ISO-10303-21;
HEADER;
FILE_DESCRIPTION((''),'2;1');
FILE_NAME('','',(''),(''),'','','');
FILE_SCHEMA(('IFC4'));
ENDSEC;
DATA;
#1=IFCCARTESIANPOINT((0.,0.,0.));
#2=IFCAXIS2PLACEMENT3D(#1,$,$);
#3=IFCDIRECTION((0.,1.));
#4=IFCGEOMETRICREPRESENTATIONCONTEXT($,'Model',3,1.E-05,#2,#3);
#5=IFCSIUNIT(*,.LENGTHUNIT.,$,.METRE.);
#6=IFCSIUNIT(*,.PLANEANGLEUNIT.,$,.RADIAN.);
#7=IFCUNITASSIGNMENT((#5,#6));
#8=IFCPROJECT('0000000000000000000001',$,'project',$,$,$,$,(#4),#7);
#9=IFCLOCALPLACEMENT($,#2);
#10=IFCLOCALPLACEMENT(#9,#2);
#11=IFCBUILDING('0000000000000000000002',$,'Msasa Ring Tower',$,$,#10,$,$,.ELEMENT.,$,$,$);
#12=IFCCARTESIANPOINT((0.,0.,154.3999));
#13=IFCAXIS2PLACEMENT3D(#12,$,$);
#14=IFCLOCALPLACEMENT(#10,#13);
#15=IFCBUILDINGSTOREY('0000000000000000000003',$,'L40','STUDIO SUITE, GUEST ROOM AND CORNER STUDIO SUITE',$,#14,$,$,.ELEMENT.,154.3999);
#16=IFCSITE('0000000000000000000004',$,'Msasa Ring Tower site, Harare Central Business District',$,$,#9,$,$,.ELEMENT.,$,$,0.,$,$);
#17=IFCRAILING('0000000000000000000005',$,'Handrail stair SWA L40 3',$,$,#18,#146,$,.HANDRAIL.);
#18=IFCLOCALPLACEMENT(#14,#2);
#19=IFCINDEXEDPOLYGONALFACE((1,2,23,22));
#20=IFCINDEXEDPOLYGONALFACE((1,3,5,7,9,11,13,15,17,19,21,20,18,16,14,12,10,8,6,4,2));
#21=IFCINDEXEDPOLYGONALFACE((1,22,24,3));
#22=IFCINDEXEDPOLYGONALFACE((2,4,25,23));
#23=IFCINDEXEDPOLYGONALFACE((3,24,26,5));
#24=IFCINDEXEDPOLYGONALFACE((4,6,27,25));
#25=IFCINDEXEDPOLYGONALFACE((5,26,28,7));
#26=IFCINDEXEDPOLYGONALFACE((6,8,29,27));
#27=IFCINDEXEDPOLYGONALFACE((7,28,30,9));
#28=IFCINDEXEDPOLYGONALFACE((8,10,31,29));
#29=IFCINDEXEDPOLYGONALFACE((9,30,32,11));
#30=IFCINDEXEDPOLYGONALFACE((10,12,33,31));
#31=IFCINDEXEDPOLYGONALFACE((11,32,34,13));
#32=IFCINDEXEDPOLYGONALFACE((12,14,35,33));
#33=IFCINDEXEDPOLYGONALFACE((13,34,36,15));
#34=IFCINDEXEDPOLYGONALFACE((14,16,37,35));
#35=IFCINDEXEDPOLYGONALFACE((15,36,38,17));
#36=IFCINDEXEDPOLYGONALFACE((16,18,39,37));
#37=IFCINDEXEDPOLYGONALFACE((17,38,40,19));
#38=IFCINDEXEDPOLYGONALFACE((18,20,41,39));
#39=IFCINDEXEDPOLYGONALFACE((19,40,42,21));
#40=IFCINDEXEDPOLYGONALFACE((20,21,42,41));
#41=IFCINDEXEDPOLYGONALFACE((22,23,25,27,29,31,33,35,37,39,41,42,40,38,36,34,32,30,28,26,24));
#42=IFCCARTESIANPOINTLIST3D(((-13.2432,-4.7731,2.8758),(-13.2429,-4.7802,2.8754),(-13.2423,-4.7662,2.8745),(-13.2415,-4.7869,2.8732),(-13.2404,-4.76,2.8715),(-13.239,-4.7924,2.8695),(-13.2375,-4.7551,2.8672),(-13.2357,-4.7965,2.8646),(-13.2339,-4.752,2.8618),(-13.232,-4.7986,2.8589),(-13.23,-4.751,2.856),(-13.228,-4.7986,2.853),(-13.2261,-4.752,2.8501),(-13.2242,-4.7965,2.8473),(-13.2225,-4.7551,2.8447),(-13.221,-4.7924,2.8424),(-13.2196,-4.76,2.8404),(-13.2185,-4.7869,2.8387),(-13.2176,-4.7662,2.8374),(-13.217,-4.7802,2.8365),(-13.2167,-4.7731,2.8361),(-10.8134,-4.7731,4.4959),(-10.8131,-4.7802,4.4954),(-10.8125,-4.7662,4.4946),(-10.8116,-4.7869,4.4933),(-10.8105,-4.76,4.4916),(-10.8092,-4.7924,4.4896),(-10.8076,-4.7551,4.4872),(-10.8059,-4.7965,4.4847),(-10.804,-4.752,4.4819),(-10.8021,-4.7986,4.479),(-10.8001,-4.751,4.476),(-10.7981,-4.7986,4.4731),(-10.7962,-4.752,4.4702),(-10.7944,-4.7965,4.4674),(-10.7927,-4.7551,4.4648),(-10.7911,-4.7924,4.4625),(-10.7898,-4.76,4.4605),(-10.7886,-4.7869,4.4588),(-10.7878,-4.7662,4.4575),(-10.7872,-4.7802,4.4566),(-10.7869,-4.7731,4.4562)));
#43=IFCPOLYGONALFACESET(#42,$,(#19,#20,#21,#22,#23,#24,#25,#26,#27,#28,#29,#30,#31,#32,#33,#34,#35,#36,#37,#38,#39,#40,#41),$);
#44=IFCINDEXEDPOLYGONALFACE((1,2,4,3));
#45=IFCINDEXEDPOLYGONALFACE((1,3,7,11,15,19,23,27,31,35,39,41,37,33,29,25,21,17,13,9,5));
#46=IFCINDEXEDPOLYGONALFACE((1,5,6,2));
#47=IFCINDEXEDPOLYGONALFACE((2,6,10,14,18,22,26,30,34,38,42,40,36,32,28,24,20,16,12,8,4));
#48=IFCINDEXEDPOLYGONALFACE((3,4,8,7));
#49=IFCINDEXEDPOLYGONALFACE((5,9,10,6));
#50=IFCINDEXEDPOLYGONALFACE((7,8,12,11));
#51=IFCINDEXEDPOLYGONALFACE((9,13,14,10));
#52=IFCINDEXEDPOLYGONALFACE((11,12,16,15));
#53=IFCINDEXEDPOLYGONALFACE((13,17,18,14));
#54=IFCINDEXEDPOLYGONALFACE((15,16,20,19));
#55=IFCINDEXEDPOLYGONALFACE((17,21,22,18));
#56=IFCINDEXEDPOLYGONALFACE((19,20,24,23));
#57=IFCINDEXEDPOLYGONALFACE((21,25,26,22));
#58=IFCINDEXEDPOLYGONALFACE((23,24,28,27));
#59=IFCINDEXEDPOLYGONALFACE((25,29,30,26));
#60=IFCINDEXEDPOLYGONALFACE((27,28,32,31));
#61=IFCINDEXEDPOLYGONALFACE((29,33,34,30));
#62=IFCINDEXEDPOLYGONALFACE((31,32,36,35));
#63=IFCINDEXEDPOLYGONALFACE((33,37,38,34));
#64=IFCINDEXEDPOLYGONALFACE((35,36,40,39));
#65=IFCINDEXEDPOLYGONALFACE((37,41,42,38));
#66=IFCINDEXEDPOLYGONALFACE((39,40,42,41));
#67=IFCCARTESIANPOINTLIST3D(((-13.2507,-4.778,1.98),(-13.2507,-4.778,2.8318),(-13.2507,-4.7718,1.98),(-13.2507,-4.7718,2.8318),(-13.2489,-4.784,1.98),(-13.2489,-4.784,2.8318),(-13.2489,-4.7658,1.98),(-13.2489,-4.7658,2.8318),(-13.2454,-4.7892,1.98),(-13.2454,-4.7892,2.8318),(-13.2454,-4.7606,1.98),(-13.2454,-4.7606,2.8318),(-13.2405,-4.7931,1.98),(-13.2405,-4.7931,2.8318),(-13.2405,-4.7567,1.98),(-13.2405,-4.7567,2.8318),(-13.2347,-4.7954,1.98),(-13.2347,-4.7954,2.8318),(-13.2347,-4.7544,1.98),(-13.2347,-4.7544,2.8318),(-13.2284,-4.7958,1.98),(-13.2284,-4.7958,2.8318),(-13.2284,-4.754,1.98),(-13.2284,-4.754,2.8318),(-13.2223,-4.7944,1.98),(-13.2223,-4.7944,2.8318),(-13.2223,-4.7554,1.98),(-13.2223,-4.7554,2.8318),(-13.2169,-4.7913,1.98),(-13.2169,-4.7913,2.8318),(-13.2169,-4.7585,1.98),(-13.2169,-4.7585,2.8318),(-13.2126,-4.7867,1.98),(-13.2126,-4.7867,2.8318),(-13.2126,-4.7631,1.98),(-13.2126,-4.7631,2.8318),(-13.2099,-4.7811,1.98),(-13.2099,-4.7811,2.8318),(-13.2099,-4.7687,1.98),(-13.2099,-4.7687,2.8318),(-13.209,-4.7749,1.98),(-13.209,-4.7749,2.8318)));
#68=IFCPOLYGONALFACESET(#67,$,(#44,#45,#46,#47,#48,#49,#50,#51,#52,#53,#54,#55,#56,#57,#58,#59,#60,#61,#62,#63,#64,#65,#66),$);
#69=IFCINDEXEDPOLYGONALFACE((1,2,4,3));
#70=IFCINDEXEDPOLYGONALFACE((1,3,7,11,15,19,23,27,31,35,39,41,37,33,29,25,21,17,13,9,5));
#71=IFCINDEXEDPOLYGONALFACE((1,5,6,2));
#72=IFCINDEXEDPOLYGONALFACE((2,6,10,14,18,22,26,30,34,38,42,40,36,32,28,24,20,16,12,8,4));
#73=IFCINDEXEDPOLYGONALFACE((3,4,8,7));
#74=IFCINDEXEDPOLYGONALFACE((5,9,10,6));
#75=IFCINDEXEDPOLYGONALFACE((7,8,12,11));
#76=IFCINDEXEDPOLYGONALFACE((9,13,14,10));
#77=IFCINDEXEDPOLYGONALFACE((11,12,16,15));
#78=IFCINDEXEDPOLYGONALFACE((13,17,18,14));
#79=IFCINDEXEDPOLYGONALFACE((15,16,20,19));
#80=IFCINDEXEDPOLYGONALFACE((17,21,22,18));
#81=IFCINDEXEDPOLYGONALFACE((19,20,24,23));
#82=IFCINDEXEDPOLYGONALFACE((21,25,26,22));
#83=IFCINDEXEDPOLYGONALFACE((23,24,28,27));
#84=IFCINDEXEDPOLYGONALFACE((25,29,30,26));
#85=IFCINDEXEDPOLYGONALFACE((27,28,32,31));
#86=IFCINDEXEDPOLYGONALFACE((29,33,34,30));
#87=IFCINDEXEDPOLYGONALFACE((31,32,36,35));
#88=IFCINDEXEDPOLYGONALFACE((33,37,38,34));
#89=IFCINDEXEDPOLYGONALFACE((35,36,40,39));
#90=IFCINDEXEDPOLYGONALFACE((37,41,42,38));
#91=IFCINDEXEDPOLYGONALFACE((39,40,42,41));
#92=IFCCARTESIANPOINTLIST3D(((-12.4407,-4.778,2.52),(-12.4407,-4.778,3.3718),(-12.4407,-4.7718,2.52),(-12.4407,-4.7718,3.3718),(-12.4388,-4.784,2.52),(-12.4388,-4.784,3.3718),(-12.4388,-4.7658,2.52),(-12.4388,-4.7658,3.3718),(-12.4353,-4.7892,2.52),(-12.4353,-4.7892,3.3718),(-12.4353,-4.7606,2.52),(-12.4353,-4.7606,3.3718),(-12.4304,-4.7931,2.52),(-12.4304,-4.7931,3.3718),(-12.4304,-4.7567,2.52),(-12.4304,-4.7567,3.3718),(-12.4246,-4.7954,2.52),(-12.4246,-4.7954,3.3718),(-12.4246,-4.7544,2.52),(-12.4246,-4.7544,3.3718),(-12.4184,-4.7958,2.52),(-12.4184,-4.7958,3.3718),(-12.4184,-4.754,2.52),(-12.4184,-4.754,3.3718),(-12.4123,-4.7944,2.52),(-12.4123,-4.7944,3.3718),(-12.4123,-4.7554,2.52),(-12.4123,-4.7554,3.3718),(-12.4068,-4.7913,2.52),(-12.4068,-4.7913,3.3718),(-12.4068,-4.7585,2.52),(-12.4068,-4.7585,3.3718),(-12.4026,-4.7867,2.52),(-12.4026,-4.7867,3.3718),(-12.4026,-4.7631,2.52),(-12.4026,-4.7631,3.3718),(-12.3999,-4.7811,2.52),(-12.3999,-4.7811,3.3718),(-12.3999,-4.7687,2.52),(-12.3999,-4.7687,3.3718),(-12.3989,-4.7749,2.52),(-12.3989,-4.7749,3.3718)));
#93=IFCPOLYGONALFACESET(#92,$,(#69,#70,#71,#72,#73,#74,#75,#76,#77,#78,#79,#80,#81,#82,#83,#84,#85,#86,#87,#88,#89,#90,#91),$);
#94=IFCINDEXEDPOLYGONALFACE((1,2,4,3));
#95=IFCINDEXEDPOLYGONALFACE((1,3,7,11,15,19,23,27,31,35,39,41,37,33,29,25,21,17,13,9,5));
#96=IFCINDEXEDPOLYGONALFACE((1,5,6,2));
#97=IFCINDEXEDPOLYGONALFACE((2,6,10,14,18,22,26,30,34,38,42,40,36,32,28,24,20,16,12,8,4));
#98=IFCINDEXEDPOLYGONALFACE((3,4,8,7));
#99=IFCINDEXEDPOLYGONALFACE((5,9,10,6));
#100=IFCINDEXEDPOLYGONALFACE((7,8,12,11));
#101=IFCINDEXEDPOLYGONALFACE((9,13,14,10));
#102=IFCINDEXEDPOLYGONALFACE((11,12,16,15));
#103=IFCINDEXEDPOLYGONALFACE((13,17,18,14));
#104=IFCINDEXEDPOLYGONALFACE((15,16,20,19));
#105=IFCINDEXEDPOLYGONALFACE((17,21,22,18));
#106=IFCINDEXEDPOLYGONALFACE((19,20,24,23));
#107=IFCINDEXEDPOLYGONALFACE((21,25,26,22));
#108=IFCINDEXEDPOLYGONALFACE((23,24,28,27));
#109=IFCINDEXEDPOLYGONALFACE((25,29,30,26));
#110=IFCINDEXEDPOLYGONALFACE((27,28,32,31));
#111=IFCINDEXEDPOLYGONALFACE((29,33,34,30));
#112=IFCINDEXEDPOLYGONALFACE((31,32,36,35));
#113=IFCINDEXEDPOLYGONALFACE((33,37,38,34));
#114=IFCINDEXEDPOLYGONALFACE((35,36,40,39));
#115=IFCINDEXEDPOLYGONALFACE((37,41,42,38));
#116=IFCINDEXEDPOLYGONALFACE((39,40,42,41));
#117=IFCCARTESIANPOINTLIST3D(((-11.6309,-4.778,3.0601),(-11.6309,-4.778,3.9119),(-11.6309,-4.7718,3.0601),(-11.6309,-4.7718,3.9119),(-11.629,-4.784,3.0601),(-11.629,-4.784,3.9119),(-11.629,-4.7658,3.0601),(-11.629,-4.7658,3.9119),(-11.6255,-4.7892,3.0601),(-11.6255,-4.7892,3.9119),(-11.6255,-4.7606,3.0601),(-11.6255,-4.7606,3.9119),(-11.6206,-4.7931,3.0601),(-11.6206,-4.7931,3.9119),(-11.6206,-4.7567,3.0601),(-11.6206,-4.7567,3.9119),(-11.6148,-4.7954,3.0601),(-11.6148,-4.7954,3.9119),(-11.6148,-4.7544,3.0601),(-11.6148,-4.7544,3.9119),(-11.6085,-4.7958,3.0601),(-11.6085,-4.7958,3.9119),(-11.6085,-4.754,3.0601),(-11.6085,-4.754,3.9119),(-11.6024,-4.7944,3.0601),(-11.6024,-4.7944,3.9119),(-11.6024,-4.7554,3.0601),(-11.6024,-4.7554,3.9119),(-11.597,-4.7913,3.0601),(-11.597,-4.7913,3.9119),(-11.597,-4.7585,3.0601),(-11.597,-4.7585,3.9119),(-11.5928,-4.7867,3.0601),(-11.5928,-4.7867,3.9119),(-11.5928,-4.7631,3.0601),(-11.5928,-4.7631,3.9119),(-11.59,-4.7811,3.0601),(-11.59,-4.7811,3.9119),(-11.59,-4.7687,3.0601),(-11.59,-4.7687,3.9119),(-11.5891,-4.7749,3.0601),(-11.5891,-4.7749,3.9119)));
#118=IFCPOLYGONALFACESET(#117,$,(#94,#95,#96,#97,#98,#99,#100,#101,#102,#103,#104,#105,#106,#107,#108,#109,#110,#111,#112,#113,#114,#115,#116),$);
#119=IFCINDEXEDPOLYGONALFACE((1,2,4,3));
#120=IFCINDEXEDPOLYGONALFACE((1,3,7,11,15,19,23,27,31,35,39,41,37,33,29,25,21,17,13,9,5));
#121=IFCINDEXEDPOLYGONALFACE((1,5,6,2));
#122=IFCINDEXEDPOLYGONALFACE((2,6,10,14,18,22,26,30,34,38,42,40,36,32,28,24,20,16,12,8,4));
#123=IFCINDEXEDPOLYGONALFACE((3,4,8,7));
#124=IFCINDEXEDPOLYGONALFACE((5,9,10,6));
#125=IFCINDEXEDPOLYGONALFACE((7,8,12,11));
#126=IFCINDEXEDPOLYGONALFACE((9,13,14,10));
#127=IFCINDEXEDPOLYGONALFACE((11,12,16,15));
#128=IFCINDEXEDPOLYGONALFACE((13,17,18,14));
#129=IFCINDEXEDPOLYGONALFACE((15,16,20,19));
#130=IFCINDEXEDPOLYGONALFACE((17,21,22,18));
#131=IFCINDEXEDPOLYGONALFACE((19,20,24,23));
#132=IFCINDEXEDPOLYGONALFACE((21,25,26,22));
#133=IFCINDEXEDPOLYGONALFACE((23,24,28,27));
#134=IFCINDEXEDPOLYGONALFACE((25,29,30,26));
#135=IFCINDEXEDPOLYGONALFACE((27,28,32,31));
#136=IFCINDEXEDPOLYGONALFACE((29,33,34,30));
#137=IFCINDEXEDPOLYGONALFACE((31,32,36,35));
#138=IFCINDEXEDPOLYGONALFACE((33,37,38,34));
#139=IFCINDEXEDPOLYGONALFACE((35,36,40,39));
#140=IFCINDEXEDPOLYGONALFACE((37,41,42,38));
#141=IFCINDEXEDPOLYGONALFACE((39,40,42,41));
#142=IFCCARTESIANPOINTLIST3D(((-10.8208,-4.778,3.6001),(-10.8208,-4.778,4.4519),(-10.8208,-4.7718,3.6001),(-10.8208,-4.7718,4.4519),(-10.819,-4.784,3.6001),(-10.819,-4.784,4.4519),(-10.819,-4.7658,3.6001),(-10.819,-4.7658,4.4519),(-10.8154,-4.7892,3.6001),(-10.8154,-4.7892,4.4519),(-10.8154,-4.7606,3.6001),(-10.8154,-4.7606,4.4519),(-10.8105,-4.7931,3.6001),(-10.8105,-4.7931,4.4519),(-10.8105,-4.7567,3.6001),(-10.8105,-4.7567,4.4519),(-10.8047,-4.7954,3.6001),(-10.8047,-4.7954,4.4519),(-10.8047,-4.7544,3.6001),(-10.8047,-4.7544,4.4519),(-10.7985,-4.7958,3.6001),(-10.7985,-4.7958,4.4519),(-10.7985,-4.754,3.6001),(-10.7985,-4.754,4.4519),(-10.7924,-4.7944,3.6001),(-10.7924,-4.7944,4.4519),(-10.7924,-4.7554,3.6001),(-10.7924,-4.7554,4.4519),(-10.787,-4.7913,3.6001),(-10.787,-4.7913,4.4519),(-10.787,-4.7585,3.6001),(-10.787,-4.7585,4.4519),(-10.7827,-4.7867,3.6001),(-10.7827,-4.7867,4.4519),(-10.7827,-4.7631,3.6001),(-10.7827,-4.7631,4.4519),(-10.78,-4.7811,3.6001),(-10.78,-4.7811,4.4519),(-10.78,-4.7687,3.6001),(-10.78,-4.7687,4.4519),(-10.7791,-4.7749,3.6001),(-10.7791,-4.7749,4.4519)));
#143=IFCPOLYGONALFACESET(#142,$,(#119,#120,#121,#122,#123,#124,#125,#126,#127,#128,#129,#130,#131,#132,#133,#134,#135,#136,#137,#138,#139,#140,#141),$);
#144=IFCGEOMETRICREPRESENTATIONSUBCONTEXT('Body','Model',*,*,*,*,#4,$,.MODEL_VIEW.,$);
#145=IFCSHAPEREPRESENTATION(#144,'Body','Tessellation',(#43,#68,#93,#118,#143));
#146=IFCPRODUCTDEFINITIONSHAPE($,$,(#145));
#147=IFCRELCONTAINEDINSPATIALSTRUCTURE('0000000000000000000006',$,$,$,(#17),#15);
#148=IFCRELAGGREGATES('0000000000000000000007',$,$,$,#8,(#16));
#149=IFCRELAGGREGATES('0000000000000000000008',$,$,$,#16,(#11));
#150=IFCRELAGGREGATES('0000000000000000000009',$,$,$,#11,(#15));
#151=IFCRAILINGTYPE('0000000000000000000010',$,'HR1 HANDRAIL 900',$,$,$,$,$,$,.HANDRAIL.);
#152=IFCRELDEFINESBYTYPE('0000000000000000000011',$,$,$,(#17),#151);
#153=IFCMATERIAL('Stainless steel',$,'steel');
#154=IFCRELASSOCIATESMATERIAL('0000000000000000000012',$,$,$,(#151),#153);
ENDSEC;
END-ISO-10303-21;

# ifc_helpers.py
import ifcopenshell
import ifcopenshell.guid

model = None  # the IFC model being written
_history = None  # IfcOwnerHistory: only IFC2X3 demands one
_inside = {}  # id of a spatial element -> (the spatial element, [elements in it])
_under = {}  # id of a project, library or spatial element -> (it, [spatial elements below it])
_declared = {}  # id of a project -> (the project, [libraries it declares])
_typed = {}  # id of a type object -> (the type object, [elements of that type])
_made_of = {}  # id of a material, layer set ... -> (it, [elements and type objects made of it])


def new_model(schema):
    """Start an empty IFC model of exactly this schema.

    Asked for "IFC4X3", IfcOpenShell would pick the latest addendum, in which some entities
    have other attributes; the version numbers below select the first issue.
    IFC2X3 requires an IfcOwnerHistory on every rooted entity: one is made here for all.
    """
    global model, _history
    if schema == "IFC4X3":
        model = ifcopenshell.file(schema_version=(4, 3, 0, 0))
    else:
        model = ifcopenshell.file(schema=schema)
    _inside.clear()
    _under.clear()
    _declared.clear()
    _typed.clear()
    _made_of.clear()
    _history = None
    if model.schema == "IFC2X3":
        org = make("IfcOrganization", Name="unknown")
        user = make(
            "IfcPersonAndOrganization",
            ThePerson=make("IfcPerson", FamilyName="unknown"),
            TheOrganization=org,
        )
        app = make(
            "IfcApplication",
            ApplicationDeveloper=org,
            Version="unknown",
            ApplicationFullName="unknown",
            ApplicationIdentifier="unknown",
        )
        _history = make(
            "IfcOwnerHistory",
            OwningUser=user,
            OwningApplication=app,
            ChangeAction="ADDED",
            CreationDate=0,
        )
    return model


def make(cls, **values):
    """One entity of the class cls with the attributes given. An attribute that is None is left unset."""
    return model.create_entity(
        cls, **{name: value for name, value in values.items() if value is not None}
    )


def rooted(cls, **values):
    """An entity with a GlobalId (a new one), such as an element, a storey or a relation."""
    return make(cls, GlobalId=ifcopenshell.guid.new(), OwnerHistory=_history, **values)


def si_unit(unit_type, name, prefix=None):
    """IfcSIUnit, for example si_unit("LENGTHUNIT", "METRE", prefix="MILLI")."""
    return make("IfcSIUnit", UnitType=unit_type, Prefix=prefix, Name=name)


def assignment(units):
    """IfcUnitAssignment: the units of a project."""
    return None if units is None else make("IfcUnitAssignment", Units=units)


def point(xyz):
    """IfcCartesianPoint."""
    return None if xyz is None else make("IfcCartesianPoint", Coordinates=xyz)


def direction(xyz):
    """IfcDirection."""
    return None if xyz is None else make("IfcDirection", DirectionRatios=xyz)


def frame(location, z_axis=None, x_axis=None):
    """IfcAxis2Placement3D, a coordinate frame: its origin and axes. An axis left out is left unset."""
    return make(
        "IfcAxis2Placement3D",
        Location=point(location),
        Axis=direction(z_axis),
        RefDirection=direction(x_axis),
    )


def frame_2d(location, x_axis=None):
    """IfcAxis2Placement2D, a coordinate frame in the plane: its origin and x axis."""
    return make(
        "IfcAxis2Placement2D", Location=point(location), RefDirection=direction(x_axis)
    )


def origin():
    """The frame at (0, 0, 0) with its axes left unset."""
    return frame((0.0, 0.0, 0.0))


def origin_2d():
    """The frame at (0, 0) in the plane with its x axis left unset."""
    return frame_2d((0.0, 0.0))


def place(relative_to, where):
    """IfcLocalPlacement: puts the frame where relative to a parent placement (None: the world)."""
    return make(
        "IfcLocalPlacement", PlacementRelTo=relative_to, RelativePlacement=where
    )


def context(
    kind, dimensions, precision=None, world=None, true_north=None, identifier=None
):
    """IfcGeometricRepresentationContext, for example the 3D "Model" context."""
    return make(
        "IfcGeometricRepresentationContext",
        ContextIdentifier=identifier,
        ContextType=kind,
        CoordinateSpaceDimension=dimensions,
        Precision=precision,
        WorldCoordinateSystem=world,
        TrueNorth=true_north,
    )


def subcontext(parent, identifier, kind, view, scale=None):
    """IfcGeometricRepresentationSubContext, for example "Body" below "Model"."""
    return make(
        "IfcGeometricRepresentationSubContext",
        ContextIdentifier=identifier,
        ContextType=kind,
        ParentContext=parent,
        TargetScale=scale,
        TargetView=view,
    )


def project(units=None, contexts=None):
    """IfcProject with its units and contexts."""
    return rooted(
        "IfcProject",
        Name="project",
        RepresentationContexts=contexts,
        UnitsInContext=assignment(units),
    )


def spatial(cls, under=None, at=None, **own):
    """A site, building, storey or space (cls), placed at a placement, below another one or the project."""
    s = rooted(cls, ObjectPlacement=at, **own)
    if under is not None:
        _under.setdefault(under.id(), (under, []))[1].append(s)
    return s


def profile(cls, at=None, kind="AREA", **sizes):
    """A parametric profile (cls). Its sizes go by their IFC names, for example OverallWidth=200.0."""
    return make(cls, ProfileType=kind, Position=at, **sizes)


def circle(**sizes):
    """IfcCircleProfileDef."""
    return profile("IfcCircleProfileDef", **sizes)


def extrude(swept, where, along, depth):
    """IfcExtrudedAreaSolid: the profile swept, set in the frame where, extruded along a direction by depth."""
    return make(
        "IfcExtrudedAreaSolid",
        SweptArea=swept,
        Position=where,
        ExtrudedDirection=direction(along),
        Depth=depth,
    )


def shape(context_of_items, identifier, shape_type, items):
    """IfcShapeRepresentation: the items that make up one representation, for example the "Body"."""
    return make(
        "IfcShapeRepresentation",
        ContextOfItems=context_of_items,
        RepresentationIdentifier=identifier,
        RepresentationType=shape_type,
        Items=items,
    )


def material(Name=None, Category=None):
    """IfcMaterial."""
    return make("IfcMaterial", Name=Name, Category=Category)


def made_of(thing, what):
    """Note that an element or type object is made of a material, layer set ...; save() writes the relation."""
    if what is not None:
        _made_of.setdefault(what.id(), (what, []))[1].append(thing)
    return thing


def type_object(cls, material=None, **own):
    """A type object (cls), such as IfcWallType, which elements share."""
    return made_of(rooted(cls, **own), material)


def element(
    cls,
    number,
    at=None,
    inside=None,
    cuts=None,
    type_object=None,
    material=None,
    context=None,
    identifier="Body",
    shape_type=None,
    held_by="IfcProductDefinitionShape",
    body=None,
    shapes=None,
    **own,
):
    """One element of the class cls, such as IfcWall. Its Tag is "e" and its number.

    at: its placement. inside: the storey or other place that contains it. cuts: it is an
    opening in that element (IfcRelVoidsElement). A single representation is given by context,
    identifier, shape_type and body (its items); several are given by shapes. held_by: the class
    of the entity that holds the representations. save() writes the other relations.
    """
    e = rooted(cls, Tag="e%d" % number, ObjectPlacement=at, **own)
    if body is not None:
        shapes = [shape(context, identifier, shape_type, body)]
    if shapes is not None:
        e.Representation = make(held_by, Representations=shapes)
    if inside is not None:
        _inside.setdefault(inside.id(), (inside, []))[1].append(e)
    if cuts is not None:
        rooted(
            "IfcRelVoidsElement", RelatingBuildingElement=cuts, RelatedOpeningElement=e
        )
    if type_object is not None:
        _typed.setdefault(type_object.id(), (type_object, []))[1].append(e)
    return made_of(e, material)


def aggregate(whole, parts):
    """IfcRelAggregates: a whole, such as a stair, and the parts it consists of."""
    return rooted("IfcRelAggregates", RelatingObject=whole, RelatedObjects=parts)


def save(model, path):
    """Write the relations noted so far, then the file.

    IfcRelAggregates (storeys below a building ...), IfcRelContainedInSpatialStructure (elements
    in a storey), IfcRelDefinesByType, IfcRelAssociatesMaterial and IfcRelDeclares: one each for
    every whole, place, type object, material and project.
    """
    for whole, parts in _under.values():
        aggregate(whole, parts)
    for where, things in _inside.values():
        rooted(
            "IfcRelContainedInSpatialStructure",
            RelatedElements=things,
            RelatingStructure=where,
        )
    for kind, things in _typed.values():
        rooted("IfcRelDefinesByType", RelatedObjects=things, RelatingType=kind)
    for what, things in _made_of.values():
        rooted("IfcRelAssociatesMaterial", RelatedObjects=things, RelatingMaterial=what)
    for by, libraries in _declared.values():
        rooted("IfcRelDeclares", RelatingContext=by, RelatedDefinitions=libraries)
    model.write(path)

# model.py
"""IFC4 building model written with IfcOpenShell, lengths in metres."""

from ifc_helpers import new_model, si_unit, direction, frame, origin, origin_2d, place, context, subcontext, project, spatial, circle, extrude, material, type_object, element, save


model = new_model("IFC4")

# Units and contexts
model_context = context("Model", 3, precision=1e-05, world=origin(), true_north=direction((0.0, 1.0)))
body_context = subcontext(model_context, "Body", "Model", "MODEL_VIEW")
ifc_project = project(units=[si_unit("LENGTHUNIT", "METRE"), si_unit("PLANEANGLEUNIT", "RADIAN")], contexts=[model_context])

# Site, building, storey
site_placement = place(None, origin())
site = spatial("IfcSite", under=ifc_project, at=site_placement, Name="Msasa Ring Tower site, Harare Central Business District", CompositionType="ELEMENT", RefElevation=0.0)
building_placement = place(site_placement, origin())
building = spatial("IfcBuilding", under=site, at=building_placement, Name="Msasa Ring Tower", CompositionType="ELEMENT")
storey_placement = place(building_placement, frame((0.0, 0.0, 154.3999)))
storey = spatial("IfcBuildingStorey", under=building, at=storey_placement, Name="L40", Description="STUDIO SUITE, GUEST ROOM AND CORNER STUDIO SUITE", CompositionType="ELEMENT", Elevation=154.3999)

# Railing
ifc_material_1 = material(Name="Stainless steel", Category="steel")
railing_type = type_object("IfcRailingType", Name="HR1 HANDRAIL 900", PredefinedType="HANDRAIL", material=ifc_material_1)
for number, where, name in (
    (1, (-13.23, -4.7749, 1.98), "Handrail stair SWA L40 3"),
):
    element("IfcRailing", number, at=place(storey_placement, frame(where)), inside=storey, type_object=railing_type, Name=name, PredefinedType="HANDRAIL", context=body_context, shape_type="SweptSolid", body=[
        extrude(circle(Radius=0.0239, at=origin_2d()), frame((0.0, 0.0, 0.876), z_axis=(0.832025, 0.0, 0.554739), x_axis=(0.0, 1.0, 0.0)), (0.0, 0.0, 1.0), 2.9204),
        extrude(circle(Radius=0.021, at=origin_2d()), origin(), (0.0, 0.0, 1.0), 0.8518),
        extrude(circle(Radius=0.021, at=origin_2d()), frame((0.8101, 0.0, 0.54)), (0.0, 0.0, 1.0), 0.8518),
        extrude(circle(Radius=0.021, at=origin_2d()), frame((1.6199, 0.0, 1.0801)), (0.0, 0.0, 1.0), 0.8518),
        extrude(circle(Radius=0.021, at=origin_2d()), frame((2.4299, 0.0, 1.6201)), (0.0, 0.0, 1.0), 0.8518),
    ])

save(model, "model.ifc")
